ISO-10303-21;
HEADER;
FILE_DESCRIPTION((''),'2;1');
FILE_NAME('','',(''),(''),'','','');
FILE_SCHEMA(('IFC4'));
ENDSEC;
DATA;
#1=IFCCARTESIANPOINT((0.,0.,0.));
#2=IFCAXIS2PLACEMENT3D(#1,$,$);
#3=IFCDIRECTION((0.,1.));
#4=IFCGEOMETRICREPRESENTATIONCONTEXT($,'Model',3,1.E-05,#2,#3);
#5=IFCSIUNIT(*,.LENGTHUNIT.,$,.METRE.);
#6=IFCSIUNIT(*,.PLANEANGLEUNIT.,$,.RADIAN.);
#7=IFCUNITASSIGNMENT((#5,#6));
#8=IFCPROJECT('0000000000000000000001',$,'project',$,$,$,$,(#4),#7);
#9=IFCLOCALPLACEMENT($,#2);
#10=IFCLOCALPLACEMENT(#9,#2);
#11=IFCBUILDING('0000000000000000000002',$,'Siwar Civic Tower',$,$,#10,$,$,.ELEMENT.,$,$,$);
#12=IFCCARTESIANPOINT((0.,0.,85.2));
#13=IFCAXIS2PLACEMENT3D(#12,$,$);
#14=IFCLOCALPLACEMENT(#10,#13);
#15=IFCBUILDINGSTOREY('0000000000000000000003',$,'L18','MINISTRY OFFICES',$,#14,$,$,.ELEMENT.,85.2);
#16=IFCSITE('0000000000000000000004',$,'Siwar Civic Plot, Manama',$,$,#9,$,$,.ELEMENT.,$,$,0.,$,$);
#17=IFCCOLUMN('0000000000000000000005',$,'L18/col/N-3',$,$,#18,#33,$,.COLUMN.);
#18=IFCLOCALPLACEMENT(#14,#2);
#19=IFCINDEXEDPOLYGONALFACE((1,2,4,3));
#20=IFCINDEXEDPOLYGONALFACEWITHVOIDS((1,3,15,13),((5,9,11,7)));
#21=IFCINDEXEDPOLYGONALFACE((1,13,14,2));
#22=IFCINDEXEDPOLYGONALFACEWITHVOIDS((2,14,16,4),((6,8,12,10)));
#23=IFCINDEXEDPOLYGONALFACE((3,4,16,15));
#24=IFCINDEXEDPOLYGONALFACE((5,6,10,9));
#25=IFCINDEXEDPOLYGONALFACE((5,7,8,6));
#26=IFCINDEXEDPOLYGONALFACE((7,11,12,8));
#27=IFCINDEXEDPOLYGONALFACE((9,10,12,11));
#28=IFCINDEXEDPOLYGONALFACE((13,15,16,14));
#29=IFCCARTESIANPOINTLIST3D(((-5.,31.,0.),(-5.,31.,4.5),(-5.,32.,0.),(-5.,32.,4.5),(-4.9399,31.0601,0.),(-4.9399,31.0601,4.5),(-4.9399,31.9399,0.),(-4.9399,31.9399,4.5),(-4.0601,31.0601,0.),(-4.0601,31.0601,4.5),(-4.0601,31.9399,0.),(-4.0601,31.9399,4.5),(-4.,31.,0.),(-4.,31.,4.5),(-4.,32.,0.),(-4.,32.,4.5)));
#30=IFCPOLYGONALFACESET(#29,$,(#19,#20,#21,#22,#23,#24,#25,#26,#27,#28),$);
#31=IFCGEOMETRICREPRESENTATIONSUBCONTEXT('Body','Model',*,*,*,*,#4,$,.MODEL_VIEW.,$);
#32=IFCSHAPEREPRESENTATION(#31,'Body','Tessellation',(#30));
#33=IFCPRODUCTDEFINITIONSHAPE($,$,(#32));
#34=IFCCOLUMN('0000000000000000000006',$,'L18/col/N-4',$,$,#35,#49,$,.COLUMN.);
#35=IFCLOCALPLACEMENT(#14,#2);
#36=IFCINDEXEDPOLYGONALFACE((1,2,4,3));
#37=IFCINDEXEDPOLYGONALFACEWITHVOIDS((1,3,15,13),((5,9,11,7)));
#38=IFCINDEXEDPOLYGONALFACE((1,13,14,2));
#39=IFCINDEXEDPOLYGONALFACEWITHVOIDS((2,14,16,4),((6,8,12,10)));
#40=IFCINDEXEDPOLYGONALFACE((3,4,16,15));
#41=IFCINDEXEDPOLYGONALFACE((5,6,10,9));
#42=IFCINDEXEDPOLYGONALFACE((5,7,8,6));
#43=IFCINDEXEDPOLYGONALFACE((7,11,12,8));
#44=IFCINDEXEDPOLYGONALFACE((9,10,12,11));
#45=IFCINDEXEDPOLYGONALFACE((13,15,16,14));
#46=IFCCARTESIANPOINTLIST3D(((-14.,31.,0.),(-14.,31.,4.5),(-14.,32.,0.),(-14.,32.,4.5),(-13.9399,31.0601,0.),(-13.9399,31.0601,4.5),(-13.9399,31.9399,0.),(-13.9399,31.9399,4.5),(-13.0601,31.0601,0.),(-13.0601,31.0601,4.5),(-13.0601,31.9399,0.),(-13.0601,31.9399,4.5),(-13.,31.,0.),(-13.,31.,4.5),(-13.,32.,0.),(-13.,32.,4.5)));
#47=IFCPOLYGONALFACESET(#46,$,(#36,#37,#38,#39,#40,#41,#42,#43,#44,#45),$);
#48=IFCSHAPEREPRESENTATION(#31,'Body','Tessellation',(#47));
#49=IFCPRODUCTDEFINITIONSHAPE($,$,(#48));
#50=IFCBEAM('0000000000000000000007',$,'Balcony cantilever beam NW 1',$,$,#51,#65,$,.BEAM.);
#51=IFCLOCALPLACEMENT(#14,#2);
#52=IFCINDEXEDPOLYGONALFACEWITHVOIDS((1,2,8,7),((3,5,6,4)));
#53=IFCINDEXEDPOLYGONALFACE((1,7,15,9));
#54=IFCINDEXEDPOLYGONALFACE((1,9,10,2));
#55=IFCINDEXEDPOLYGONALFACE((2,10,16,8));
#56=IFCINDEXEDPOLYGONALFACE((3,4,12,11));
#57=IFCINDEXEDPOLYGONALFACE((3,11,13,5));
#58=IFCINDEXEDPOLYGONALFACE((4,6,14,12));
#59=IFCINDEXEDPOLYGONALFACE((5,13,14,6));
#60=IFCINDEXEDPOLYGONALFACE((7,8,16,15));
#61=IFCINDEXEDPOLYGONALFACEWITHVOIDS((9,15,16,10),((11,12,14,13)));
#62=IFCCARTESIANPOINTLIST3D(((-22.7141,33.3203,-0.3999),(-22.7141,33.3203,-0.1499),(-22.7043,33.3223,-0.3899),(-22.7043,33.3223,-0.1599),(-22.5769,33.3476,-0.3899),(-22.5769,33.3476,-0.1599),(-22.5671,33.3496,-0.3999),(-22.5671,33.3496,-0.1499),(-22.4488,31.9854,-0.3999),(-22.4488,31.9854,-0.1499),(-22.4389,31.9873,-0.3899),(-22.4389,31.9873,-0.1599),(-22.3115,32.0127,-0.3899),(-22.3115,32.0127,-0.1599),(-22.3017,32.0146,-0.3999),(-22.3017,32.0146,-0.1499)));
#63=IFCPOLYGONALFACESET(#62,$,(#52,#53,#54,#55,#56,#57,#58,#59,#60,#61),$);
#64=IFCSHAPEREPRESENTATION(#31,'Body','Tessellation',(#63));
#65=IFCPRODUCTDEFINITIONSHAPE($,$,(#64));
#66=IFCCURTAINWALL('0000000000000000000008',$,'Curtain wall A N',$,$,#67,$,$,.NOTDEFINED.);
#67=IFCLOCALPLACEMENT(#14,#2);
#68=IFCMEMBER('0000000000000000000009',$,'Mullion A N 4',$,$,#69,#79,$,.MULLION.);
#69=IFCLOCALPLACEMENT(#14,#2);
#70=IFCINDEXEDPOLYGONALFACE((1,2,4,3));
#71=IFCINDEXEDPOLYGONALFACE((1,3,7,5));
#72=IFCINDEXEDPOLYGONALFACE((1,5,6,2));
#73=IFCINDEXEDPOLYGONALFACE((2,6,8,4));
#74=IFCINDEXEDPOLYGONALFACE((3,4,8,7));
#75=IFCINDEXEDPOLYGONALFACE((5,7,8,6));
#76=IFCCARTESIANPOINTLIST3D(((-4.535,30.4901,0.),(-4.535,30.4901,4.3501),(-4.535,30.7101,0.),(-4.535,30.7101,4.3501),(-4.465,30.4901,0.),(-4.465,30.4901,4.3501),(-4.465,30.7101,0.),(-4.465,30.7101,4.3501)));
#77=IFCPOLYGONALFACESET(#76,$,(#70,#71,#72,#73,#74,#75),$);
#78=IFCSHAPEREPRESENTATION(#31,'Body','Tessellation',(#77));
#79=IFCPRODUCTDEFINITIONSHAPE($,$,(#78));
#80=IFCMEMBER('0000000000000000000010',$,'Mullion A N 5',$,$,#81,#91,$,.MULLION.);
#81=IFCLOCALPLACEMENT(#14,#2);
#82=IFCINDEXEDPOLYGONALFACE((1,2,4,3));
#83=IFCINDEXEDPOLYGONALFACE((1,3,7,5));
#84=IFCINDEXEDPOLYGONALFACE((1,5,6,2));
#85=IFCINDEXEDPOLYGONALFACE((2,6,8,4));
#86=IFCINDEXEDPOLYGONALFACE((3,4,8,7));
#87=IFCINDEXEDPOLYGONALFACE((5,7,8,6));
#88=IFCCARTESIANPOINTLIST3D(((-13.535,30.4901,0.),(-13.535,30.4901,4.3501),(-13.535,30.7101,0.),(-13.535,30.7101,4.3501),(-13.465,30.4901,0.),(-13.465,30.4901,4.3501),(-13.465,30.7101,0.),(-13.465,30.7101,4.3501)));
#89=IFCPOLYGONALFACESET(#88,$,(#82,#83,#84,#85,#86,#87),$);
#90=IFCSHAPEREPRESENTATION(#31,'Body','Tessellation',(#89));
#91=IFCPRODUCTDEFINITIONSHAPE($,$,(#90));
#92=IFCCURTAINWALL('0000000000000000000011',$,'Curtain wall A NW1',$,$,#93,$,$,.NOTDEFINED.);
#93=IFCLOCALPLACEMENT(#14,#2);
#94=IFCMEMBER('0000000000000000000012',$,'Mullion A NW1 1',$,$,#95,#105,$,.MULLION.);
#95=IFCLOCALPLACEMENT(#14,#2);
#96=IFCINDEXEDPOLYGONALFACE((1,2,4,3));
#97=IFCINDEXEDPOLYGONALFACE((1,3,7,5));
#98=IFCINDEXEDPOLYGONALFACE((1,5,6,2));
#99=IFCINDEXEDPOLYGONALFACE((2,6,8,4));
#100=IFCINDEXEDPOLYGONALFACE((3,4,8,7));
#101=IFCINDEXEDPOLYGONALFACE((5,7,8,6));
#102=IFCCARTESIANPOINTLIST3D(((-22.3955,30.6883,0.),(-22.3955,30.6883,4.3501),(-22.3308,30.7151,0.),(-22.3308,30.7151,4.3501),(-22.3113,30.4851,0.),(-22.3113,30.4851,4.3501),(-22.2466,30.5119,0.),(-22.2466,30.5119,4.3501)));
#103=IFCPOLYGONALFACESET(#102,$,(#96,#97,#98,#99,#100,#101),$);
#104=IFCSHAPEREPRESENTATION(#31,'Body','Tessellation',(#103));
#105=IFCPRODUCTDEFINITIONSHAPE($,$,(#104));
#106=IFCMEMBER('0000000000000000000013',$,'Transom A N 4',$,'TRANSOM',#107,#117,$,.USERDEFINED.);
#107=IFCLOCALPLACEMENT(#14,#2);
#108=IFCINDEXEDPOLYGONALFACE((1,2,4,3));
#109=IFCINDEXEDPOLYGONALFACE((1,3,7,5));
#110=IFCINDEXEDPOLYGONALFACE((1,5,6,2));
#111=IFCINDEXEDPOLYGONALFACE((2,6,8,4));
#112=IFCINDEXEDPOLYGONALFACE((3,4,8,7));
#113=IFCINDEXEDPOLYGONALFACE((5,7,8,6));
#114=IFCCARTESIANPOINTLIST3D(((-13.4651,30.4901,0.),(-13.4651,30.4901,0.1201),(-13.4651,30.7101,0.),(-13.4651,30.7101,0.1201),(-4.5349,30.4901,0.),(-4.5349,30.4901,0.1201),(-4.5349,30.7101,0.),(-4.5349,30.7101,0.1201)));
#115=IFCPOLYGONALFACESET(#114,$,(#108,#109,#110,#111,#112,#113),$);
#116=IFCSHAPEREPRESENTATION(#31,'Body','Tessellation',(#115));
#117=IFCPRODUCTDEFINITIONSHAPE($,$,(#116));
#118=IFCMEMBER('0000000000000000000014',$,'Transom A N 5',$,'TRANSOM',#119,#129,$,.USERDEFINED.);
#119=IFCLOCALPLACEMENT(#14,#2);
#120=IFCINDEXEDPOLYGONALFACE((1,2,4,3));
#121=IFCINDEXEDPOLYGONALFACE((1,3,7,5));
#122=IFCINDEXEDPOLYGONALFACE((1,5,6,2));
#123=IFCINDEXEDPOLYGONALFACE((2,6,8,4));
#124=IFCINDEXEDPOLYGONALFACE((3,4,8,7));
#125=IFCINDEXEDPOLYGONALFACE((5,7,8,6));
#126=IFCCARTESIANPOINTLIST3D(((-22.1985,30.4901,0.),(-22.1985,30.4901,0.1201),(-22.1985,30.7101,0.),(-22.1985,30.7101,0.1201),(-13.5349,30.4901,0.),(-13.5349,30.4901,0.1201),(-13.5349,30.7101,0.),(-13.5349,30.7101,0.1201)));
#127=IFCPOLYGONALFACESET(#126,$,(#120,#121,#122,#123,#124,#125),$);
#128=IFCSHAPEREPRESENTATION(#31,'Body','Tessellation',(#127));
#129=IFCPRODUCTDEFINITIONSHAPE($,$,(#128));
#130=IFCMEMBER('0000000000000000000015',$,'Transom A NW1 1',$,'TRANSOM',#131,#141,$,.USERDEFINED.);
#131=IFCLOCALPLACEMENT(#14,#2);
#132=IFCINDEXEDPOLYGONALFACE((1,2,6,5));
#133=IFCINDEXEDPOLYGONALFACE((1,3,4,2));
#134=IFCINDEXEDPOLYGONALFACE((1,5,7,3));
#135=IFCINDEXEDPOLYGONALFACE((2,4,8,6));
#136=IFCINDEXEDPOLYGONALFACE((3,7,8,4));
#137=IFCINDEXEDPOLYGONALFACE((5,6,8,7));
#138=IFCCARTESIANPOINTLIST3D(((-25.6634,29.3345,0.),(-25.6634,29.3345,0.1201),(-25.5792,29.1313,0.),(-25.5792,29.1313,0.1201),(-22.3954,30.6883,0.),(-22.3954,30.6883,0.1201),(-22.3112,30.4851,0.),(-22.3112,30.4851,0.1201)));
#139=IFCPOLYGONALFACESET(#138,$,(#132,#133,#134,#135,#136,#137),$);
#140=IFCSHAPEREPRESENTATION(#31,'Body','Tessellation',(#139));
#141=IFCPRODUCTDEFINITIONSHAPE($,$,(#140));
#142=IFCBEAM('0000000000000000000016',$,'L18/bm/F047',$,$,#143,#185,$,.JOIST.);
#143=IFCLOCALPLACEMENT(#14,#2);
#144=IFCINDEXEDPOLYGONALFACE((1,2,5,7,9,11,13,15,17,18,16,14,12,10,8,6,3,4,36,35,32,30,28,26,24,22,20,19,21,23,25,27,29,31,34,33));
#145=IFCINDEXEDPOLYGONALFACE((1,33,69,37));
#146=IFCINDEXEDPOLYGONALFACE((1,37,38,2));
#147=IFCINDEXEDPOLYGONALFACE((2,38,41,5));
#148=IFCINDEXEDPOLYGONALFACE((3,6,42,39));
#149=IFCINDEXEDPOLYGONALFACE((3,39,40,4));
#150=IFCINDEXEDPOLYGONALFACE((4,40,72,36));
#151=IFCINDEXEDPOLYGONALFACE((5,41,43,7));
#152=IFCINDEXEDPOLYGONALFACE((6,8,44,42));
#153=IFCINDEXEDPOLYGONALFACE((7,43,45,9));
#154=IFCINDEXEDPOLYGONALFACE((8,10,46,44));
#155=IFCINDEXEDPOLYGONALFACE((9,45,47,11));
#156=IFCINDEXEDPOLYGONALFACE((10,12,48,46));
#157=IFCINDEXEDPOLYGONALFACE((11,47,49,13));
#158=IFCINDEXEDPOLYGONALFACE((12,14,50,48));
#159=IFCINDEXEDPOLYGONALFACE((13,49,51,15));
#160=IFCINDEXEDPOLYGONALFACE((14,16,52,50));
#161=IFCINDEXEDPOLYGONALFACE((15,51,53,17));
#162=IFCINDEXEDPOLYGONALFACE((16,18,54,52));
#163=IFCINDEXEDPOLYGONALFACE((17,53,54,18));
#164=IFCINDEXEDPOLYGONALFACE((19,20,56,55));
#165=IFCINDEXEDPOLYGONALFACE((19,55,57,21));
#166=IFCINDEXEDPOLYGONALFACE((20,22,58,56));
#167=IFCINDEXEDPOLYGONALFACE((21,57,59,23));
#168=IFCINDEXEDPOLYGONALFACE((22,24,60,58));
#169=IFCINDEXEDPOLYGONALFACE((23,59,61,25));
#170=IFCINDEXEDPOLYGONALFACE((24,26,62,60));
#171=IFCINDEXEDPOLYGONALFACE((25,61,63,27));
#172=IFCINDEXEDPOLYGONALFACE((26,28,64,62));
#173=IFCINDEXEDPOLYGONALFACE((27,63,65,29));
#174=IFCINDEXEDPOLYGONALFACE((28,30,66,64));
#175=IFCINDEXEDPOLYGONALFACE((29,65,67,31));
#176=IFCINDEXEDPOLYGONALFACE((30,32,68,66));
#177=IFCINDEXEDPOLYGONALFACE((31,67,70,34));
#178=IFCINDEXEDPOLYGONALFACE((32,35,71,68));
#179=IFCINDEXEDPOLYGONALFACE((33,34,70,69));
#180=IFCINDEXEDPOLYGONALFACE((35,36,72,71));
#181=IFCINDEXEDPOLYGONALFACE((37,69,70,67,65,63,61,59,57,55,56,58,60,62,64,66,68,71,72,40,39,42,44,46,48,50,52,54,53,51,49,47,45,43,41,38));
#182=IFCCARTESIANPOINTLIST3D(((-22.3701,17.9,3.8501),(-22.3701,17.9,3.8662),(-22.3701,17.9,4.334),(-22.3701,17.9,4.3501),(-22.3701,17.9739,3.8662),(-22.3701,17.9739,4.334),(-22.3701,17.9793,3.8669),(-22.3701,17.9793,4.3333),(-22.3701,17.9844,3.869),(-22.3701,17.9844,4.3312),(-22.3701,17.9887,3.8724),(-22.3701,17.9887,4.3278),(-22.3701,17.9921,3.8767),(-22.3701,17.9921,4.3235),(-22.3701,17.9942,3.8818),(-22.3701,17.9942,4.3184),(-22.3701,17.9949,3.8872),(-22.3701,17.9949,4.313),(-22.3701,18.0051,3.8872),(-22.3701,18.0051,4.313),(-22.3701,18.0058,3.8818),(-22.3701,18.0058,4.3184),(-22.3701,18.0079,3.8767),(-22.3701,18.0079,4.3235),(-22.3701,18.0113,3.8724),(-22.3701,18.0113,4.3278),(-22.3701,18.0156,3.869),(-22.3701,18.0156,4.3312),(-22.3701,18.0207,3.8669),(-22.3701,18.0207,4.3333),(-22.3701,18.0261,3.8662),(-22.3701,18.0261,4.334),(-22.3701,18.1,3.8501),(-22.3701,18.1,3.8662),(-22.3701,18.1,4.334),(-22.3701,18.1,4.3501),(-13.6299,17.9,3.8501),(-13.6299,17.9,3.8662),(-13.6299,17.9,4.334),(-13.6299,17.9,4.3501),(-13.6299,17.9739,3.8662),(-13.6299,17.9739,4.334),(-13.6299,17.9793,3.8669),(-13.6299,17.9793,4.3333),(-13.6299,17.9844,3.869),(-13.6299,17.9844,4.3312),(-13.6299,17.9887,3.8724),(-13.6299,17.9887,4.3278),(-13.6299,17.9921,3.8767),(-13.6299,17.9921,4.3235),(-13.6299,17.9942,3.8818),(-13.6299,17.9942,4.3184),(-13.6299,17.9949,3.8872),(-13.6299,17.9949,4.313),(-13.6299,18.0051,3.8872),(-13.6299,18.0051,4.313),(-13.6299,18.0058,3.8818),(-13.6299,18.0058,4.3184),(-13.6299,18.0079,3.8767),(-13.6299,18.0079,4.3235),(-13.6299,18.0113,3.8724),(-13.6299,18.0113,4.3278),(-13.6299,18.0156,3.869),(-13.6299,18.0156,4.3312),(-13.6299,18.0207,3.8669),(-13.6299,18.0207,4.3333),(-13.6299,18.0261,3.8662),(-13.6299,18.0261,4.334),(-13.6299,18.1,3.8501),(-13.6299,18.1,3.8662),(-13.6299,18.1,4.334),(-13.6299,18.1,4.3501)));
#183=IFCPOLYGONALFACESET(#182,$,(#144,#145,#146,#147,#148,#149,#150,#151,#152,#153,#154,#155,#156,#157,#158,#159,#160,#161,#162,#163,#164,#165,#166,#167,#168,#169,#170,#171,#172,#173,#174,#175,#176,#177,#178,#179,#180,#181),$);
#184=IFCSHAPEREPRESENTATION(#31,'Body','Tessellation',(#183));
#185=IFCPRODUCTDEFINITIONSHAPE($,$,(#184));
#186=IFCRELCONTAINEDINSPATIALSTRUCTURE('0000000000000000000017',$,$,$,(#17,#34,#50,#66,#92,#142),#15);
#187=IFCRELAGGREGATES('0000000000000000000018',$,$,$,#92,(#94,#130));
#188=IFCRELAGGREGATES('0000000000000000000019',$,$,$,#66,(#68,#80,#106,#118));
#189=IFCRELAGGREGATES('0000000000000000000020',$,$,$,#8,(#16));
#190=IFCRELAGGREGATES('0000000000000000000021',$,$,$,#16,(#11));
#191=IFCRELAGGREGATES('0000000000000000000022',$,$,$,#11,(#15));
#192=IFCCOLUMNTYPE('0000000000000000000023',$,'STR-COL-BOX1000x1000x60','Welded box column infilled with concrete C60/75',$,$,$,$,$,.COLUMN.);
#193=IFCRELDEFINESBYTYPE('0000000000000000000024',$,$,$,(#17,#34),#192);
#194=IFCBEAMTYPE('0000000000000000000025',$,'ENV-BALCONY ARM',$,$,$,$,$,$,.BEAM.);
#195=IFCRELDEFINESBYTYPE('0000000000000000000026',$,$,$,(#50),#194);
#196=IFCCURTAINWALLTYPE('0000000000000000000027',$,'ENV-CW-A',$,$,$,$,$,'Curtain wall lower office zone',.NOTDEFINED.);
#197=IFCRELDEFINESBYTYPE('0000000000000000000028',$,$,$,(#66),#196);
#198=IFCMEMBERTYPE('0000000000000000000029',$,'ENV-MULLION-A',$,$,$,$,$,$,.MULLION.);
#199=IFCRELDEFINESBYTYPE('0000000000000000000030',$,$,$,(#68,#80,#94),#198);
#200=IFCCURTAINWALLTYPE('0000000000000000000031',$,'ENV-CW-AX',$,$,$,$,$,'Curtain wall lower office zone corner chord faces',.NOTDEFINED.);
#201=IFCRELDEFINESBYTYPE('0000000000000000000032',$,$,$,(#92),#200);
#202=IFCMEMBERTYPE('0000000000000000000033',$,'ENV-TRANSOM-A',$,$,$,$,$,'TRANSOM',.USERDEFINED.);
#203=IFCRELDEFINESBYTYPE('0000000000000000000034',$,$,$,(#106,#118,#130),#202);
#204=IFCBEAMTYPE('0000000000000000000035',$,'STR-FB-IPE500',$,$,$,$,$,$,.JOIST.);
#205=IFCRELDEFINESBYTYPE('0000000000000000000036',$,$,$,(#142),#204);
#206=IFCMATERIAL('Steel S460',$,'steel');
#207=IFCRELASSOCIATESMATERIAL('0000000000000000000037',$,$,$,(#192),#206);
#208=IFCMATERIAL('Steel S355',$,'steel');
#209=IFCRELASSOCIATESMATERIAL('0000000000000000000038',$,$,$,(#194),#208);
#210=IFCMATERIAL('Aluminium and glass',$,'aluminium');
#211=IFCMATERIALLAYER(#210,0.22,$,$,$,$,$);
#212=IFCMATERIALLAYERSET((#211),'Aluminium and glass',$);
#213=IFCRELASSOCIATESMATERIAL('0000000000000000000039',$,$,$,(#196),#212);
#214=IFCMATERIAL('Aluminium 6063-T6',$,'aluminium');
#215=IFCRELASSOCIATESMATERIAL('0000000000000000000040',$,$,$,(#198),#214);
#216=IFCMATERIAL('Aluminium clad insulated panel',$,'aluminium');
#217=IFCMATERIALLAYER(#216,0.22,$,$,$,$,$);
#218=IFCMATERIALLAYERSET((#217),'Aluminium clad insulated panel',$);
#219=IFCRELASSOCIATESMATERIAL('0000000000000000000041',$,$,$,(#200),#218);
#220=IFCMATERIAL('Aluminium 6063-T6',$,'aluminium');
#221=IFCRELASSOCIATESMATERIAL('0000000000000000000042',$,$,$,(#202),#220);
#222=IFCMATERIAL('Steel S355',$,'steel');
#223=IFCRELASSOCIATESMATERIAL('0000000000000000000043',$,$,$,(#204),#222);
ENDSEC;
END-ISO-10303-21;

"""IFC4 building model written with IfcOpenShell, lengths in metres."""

from ifc_helpers import new_model, si_unit, direction, frame, origin, origin_2d, place, context, subcontext, project, spatial, rectangle, hollow_rectangle, i_section, extrude, material, layer, layer_set, material_profile, profile_set, type_object, element, aggregate, save


model = new_model("IFC4")

# Units and contexts
model_context = context("Model", 3, precision=1e-05, world=origin(), true_north=direction((0.0, 1.0)))
body_context = subcontext(model_context, "Body", "Model", "MODEL_VIEW")
ifc_project = project(units=[si_unit("LENGTHUNIT", "METRE"), si_unit("PLANEANGLEUNIT", "RADIAN")], contexts=[model_context])

# Site, building, storey
site_placement = place(None, origin())
site = spatial("IfcSite", under=ifc_project, at=site_placement, Name="Siwar Civic Plot, Manama", CompositionType="ELEMENT", RefElevation=0.0)
building_placement = place(site_placement, origin())
building = spatial("IfcBuilding", under=site, at=building_placement, Name="Siwar Civic Tower", CompositionType="ELEMENT")
storey_placement = place(building_placement, frame((0.0, 0.0, 85.2)))
storey = spatial("IfcBuildingStorey", under=building, at=storey_placement, Name="L18", Description="MINISTRY OFFICES", CompositionType="ELEMENT", Elevation=85.2)

# Columns
ifc_material_1 = material(Name="Steel S460", Category="steel")
ifc_material_profile_1 = material_profile(ifc_material_1, hollow_rectangle(XDim=1.0, YDim=1.0, WallThickness=0.0601, at=origin_2d()), Name="BOX1000x1000x60")
ifc_profile_set_1 = profile_set([ifc_material_profile_1], Name="Steel S460")
column_type = type_object("IfcColumnType", Name="STR-COL-BOX1000x1000x60", Description="Welded box column infilled with concrete C60/75", PredefinedType="COLUMN", material=ifc_profile_set_1)
for number, where, z_axis, x_axis, name in (
    (1, (-4.5, 31.5, 0.0), (0.0, 0.0, 1.0), (1.0, 0.0, 0.0), "L18/col/N-3"),
    (2, (-13.5, 31.5, 0.0), (0.0, 0.0, 1.0), (1.0, 0.0, 0.0), "L18/col/N-4"),
):
    element("IfcColumn", number, at=place(storey_placement, frame(where, z_axis=z_axis, x_axis=x_axis)), inside=storey, type_object=column_type, Name=name, PredefinedType="COLUMN", context=body_context, shape_type="SweptSolid", body=[
        extrude(hollow_rectangle(XDim=1.0, YDim=1.0, WallThickness=0.0601, at=origin_2d()), origin(), (0.0, 0.0, 1.0), 4.5),
    ])

# Beam
ifc_material_2 = material(Name="Steel S355", Category="steel")
ifc_material_profile_2 = material_profile(ifc_material_2, hollow_rectangle(XDim=0.1499, YDim=0.25, WallThickness=0.01, at=origin_2d()), Name="RHS250x150x10")
ifc_profile_set_2 = profile_set([ifc_material_profile_2], Name="Steel S355")
beam_type_1 = type_object("IfcBeamType", Name="ENV-BALCONY ARM", PredefinedType="BEAM", material=ifc_profile_set_2)
beam_placement = place(storey_placement, frame((-22.3752, 32.0, -0.2749), z_axis=(-0.194978, 0.980808, 0.0), x_axis=(-0.980808, -0.194978, 0.0)))
element("IfcBeam", 3, at=beam_placement, inside=storey, type_object=beam_type_1, Name="Balcony cantilever beam NW 1", PredefinedType="BEAM", context=body_context, shape_type="SweptSolid", body=[
    extrude(hollow_rectangle(XDim=0.1499, YDim=0.25, WallThickness=0.01, at=origin_2d()), origin(), (0.0, 0.0, 1.0), 1.3611),
])

# Curtain wall, members
ifc_material_3 = material(Name="Aluminium and glass", Category="aluminium")
ifc_layer_1 = layer(ifc_material_3, 0.22)
ifc_layer_set_1 = layer_set([ifc_layer_1], Name="Aluminium and glass")
curtain_wall_type_1 = type_object("IfcCurtainWallType", Name="ENV-CW-A", ElementType="Curtain wall lower office zone", PredefinedType="NOTDEFINED", material=ifc_layer_set_1)
curtain_wall_1_placement = place(storey_placement, origin())
curtain_wall_1 = element("IfcCurtainWall", 4, at=curtain_wall_1_placement, inside=storey, type_object=curtain_wall_type_1, Name="Curtain wall A N", PredefinedType="NOTDEFINED")
ifc_material_4 = material(Name="Aluminium 6063-T6", Category="aluminium")
ifc_material_profile_3 = material_profile(ifc_material_4, rectangle(XDim=0.22, YDim=0.0701, at=origin_2d()), Name="AL 220x70")
ifc_profile_set_3 = profile_set([ifc_material_profile_3], Name="Aluminium 6063-T6")
member_type_1 = type_object("IfcMemberType", Name="ENV-MULLION-A", PredefinedType="MULLION", material=ifc_profile_set_3)
member_1_placement = place(storey_placement, frame((-4.5, 30.6001, 0.0), z_axis=(0.0, 0.0, 1.0), x_axis=(0.0, -1.0, 0.0)))
member_1 = element("IfcMember", 5, at=member_1_placement, type_object=member_type_1, Name="Mullion A N 4", PredefinedType="MULLION", context=body_context, shape_type="SweptSolid", body=[
    extrude(rectangle(XDim=0.22, YDim=0.0701, at=origin_2d()), origin(), (0.0, 0.0, 1.0), 4.3501),
])
member_2_placement = place(storey_placement, frame((-13.5, 30.6001, 0.0), z_axis=(0.0, 0.0, 1.0), x_axis=(0.0, -1.0, 0.0)))
member_2 = element("IfcMember", 6, at=member_2_placement, type_object=member_type_1, Name="Mullion A N 5", PredefinedType="MULLION", context=body_context, shape_type="SweptSolid", body=[
    extrude(rectangle(XDim=0.22, YDim=0.0701, at=origin_2d()), origin(), (0.0, 0.0, 1.0), 4.3501),
])

# Curtain wall, member
ifc_material_5 = material(Name="Aluminium clad insulated panel", Category="aluminium")
ifc_layer_2 = layer(ifc_material_5, 0.22)
ifc_layer_set_2 = layer_set([ifc_layer_2], Name="Aluminium clad insulated panel")
curtain_wall_type_2 = type_object("IfcCurtainWallType", Name="ENV-CW-AX", ElementType="Curtain wall lower office zone corner chord faces", PredefinedType="NOTDEFINED", material=ifc_layer_set_2)
curtain_wall_2_placement = place(storey_placement, origin())
curtain_wall_2 = element("IfcCurtainWall", 7, at=curtain_wall_2_placement, inside=storey, type_object=curtain_wall_type_2, Name="Curtain wall A NW1", PredefinedType="NOTDEFINED")
member_3_placement = place(storey_placement, frame((-22.321, 30.6001, 0.0), z_axis=(0.0, 0.0, 1.0), x_axis=(0.382683, -0.92388, 0.0)))
member_3 = element("IfcMember", 8, at=member_3_placement, type_object=member_type_1, Name="Mullion A NW1 1", PredefinedType="MULLION", context=body_context, shape_type="SweptSolid", body=[
    extrude(rectangle(XDim=0.22, YDim=0.0701, at=origin_2d()), origin(), (0.0, 0.0, 1.0), 4.3501),
])

# Members
ifc_material_6 = material(Name="Aluminium 6063-T6", Category="aluminium")
ifc_material_profile_4 = material_profile(ifc_material_6, rectangle(XDim=0.22, YDim=0.1201, at=origin_2d()), Name="AL 220x120")
ifc_profile_set_4 = profile_set([ifc_material_profile_4], Name="Aluminium 6063-T6")
member_type_2 = type_object("IfcMemberType", Name="ENV-TRANSOM-A", ElementType="TRANSOM", PredefinedType="USERDEFINED", material=ifc_profile_set_4)
member_4_placement = place(storey_placement, frame((-4.5349, 30.6001, 0.0601), z_axis=(-1.0, 0.0, 0.0), x_axis=(0.0, -1.0, 0.0)))
member_4 = element("IfcMember", 9, at=member_4_placement, type_object=member_type_2, Name="Transom A N 4", ObjectType="TRANSOM", PredefinedType="USERDEFINED", context=body_context, shape_type="SweptSolid", body=[
    extrude(rectangle(XDim=0.22, YDim=0.1201, at=origin_2d()), origin(), (0.0, 0.0, 1.0), 8.9302),
])
member_5_placement = place(storey_placement, frame((-13.5349, 30.6001, 0.0601), z_axis=(-1.0, 0.0, 0.0), x_axis=(0.0, -1.0, 0.0)))
member_5 = element("IfcMember", 10, at=member_5_placement, type_object=member_type_2, Name="Transom A N 5", ObjectType="TRANSOM", PredefinedType="USERDEFINED", context=body_context, shape_type="SweptSolid", body=[
    extrude(rectangle(XDim=0.22, YDim=0.1201, at=origin_2d()), origin(), (0.0, 0.0, 1.0), 8.6636),
])
member_6_placement = place(storey_placement, frame((-22.3533, 30.5867, 0.0601), z_axis=(-0.923871, -0.382703, 0.0), x_axis=(0.382703, -0.923871, 0.0)))
member_6 = element("IfcMember", 11, at=member_6_placement, type_object=member_type_2, Name="Transom A NW1 1", ObjectType="TRANSOM", PredefinedType="USERDEFINED", context=body_context, shape_type="SweptSolid", body=[
    extrude(rectangle(XDim=0.22, YDim=0.1201, at=origin_2d()), origin(), (0.0, 0.0, 1.0), 3.5374),
])
aggregate(curtain_wall_2, [member_3, member_6])

# Beam
ifc_material_7 = material(Name="Steel S355", Category="steel")
ifc_material_profile_5 = material_profile(ifc_material_7, i_section(OverallWidth=0.2, OverallDepth=0.5, WebThickness=0.0103, FlangeThickness=0.0161, FilletRadius=0.021, at=origin_2d()), Name="IPE500")
ifc_profile_set_5 = profile_set([ifc_material_profile_5], Name="Steel S355")
beam_type_2 = type_object("IfcBeamType", Name="STR-FB-IPE500", PredefinedType="JOIST", material=ifc_profile_set_5)
for number, where, z_axis, x_axis, name in (
    (12, (-22.3701, 18.0, 4.1001), (1.0, 0.0, 0.0), (0.0, 1.0, 0.0), "L18/bm/F047"),
):
    element("IfcBeam", number, at=place(storey_placement, frame(where, z_axis=z_axis, x_axis=x_axis)), inside=storey, type_object=beam_type_2, Name=name, PredefinedType="JOIST", context=body_context, shape_type="SweptSolid", body=[
        extrude(i_section(OverallWidth=0.2, OverallDepth=0.5, WebThickness=0.0103, FlangeThickness=0.0161, FilletRadius=0.021, at=origin_2d()), origin(), (0.0, 0.0, 1.0), 8.7402),
    ])

aggregate(curtain_wall_1, [member_1, member_2, member_4, member_5])

save(model, "model.ifc")
